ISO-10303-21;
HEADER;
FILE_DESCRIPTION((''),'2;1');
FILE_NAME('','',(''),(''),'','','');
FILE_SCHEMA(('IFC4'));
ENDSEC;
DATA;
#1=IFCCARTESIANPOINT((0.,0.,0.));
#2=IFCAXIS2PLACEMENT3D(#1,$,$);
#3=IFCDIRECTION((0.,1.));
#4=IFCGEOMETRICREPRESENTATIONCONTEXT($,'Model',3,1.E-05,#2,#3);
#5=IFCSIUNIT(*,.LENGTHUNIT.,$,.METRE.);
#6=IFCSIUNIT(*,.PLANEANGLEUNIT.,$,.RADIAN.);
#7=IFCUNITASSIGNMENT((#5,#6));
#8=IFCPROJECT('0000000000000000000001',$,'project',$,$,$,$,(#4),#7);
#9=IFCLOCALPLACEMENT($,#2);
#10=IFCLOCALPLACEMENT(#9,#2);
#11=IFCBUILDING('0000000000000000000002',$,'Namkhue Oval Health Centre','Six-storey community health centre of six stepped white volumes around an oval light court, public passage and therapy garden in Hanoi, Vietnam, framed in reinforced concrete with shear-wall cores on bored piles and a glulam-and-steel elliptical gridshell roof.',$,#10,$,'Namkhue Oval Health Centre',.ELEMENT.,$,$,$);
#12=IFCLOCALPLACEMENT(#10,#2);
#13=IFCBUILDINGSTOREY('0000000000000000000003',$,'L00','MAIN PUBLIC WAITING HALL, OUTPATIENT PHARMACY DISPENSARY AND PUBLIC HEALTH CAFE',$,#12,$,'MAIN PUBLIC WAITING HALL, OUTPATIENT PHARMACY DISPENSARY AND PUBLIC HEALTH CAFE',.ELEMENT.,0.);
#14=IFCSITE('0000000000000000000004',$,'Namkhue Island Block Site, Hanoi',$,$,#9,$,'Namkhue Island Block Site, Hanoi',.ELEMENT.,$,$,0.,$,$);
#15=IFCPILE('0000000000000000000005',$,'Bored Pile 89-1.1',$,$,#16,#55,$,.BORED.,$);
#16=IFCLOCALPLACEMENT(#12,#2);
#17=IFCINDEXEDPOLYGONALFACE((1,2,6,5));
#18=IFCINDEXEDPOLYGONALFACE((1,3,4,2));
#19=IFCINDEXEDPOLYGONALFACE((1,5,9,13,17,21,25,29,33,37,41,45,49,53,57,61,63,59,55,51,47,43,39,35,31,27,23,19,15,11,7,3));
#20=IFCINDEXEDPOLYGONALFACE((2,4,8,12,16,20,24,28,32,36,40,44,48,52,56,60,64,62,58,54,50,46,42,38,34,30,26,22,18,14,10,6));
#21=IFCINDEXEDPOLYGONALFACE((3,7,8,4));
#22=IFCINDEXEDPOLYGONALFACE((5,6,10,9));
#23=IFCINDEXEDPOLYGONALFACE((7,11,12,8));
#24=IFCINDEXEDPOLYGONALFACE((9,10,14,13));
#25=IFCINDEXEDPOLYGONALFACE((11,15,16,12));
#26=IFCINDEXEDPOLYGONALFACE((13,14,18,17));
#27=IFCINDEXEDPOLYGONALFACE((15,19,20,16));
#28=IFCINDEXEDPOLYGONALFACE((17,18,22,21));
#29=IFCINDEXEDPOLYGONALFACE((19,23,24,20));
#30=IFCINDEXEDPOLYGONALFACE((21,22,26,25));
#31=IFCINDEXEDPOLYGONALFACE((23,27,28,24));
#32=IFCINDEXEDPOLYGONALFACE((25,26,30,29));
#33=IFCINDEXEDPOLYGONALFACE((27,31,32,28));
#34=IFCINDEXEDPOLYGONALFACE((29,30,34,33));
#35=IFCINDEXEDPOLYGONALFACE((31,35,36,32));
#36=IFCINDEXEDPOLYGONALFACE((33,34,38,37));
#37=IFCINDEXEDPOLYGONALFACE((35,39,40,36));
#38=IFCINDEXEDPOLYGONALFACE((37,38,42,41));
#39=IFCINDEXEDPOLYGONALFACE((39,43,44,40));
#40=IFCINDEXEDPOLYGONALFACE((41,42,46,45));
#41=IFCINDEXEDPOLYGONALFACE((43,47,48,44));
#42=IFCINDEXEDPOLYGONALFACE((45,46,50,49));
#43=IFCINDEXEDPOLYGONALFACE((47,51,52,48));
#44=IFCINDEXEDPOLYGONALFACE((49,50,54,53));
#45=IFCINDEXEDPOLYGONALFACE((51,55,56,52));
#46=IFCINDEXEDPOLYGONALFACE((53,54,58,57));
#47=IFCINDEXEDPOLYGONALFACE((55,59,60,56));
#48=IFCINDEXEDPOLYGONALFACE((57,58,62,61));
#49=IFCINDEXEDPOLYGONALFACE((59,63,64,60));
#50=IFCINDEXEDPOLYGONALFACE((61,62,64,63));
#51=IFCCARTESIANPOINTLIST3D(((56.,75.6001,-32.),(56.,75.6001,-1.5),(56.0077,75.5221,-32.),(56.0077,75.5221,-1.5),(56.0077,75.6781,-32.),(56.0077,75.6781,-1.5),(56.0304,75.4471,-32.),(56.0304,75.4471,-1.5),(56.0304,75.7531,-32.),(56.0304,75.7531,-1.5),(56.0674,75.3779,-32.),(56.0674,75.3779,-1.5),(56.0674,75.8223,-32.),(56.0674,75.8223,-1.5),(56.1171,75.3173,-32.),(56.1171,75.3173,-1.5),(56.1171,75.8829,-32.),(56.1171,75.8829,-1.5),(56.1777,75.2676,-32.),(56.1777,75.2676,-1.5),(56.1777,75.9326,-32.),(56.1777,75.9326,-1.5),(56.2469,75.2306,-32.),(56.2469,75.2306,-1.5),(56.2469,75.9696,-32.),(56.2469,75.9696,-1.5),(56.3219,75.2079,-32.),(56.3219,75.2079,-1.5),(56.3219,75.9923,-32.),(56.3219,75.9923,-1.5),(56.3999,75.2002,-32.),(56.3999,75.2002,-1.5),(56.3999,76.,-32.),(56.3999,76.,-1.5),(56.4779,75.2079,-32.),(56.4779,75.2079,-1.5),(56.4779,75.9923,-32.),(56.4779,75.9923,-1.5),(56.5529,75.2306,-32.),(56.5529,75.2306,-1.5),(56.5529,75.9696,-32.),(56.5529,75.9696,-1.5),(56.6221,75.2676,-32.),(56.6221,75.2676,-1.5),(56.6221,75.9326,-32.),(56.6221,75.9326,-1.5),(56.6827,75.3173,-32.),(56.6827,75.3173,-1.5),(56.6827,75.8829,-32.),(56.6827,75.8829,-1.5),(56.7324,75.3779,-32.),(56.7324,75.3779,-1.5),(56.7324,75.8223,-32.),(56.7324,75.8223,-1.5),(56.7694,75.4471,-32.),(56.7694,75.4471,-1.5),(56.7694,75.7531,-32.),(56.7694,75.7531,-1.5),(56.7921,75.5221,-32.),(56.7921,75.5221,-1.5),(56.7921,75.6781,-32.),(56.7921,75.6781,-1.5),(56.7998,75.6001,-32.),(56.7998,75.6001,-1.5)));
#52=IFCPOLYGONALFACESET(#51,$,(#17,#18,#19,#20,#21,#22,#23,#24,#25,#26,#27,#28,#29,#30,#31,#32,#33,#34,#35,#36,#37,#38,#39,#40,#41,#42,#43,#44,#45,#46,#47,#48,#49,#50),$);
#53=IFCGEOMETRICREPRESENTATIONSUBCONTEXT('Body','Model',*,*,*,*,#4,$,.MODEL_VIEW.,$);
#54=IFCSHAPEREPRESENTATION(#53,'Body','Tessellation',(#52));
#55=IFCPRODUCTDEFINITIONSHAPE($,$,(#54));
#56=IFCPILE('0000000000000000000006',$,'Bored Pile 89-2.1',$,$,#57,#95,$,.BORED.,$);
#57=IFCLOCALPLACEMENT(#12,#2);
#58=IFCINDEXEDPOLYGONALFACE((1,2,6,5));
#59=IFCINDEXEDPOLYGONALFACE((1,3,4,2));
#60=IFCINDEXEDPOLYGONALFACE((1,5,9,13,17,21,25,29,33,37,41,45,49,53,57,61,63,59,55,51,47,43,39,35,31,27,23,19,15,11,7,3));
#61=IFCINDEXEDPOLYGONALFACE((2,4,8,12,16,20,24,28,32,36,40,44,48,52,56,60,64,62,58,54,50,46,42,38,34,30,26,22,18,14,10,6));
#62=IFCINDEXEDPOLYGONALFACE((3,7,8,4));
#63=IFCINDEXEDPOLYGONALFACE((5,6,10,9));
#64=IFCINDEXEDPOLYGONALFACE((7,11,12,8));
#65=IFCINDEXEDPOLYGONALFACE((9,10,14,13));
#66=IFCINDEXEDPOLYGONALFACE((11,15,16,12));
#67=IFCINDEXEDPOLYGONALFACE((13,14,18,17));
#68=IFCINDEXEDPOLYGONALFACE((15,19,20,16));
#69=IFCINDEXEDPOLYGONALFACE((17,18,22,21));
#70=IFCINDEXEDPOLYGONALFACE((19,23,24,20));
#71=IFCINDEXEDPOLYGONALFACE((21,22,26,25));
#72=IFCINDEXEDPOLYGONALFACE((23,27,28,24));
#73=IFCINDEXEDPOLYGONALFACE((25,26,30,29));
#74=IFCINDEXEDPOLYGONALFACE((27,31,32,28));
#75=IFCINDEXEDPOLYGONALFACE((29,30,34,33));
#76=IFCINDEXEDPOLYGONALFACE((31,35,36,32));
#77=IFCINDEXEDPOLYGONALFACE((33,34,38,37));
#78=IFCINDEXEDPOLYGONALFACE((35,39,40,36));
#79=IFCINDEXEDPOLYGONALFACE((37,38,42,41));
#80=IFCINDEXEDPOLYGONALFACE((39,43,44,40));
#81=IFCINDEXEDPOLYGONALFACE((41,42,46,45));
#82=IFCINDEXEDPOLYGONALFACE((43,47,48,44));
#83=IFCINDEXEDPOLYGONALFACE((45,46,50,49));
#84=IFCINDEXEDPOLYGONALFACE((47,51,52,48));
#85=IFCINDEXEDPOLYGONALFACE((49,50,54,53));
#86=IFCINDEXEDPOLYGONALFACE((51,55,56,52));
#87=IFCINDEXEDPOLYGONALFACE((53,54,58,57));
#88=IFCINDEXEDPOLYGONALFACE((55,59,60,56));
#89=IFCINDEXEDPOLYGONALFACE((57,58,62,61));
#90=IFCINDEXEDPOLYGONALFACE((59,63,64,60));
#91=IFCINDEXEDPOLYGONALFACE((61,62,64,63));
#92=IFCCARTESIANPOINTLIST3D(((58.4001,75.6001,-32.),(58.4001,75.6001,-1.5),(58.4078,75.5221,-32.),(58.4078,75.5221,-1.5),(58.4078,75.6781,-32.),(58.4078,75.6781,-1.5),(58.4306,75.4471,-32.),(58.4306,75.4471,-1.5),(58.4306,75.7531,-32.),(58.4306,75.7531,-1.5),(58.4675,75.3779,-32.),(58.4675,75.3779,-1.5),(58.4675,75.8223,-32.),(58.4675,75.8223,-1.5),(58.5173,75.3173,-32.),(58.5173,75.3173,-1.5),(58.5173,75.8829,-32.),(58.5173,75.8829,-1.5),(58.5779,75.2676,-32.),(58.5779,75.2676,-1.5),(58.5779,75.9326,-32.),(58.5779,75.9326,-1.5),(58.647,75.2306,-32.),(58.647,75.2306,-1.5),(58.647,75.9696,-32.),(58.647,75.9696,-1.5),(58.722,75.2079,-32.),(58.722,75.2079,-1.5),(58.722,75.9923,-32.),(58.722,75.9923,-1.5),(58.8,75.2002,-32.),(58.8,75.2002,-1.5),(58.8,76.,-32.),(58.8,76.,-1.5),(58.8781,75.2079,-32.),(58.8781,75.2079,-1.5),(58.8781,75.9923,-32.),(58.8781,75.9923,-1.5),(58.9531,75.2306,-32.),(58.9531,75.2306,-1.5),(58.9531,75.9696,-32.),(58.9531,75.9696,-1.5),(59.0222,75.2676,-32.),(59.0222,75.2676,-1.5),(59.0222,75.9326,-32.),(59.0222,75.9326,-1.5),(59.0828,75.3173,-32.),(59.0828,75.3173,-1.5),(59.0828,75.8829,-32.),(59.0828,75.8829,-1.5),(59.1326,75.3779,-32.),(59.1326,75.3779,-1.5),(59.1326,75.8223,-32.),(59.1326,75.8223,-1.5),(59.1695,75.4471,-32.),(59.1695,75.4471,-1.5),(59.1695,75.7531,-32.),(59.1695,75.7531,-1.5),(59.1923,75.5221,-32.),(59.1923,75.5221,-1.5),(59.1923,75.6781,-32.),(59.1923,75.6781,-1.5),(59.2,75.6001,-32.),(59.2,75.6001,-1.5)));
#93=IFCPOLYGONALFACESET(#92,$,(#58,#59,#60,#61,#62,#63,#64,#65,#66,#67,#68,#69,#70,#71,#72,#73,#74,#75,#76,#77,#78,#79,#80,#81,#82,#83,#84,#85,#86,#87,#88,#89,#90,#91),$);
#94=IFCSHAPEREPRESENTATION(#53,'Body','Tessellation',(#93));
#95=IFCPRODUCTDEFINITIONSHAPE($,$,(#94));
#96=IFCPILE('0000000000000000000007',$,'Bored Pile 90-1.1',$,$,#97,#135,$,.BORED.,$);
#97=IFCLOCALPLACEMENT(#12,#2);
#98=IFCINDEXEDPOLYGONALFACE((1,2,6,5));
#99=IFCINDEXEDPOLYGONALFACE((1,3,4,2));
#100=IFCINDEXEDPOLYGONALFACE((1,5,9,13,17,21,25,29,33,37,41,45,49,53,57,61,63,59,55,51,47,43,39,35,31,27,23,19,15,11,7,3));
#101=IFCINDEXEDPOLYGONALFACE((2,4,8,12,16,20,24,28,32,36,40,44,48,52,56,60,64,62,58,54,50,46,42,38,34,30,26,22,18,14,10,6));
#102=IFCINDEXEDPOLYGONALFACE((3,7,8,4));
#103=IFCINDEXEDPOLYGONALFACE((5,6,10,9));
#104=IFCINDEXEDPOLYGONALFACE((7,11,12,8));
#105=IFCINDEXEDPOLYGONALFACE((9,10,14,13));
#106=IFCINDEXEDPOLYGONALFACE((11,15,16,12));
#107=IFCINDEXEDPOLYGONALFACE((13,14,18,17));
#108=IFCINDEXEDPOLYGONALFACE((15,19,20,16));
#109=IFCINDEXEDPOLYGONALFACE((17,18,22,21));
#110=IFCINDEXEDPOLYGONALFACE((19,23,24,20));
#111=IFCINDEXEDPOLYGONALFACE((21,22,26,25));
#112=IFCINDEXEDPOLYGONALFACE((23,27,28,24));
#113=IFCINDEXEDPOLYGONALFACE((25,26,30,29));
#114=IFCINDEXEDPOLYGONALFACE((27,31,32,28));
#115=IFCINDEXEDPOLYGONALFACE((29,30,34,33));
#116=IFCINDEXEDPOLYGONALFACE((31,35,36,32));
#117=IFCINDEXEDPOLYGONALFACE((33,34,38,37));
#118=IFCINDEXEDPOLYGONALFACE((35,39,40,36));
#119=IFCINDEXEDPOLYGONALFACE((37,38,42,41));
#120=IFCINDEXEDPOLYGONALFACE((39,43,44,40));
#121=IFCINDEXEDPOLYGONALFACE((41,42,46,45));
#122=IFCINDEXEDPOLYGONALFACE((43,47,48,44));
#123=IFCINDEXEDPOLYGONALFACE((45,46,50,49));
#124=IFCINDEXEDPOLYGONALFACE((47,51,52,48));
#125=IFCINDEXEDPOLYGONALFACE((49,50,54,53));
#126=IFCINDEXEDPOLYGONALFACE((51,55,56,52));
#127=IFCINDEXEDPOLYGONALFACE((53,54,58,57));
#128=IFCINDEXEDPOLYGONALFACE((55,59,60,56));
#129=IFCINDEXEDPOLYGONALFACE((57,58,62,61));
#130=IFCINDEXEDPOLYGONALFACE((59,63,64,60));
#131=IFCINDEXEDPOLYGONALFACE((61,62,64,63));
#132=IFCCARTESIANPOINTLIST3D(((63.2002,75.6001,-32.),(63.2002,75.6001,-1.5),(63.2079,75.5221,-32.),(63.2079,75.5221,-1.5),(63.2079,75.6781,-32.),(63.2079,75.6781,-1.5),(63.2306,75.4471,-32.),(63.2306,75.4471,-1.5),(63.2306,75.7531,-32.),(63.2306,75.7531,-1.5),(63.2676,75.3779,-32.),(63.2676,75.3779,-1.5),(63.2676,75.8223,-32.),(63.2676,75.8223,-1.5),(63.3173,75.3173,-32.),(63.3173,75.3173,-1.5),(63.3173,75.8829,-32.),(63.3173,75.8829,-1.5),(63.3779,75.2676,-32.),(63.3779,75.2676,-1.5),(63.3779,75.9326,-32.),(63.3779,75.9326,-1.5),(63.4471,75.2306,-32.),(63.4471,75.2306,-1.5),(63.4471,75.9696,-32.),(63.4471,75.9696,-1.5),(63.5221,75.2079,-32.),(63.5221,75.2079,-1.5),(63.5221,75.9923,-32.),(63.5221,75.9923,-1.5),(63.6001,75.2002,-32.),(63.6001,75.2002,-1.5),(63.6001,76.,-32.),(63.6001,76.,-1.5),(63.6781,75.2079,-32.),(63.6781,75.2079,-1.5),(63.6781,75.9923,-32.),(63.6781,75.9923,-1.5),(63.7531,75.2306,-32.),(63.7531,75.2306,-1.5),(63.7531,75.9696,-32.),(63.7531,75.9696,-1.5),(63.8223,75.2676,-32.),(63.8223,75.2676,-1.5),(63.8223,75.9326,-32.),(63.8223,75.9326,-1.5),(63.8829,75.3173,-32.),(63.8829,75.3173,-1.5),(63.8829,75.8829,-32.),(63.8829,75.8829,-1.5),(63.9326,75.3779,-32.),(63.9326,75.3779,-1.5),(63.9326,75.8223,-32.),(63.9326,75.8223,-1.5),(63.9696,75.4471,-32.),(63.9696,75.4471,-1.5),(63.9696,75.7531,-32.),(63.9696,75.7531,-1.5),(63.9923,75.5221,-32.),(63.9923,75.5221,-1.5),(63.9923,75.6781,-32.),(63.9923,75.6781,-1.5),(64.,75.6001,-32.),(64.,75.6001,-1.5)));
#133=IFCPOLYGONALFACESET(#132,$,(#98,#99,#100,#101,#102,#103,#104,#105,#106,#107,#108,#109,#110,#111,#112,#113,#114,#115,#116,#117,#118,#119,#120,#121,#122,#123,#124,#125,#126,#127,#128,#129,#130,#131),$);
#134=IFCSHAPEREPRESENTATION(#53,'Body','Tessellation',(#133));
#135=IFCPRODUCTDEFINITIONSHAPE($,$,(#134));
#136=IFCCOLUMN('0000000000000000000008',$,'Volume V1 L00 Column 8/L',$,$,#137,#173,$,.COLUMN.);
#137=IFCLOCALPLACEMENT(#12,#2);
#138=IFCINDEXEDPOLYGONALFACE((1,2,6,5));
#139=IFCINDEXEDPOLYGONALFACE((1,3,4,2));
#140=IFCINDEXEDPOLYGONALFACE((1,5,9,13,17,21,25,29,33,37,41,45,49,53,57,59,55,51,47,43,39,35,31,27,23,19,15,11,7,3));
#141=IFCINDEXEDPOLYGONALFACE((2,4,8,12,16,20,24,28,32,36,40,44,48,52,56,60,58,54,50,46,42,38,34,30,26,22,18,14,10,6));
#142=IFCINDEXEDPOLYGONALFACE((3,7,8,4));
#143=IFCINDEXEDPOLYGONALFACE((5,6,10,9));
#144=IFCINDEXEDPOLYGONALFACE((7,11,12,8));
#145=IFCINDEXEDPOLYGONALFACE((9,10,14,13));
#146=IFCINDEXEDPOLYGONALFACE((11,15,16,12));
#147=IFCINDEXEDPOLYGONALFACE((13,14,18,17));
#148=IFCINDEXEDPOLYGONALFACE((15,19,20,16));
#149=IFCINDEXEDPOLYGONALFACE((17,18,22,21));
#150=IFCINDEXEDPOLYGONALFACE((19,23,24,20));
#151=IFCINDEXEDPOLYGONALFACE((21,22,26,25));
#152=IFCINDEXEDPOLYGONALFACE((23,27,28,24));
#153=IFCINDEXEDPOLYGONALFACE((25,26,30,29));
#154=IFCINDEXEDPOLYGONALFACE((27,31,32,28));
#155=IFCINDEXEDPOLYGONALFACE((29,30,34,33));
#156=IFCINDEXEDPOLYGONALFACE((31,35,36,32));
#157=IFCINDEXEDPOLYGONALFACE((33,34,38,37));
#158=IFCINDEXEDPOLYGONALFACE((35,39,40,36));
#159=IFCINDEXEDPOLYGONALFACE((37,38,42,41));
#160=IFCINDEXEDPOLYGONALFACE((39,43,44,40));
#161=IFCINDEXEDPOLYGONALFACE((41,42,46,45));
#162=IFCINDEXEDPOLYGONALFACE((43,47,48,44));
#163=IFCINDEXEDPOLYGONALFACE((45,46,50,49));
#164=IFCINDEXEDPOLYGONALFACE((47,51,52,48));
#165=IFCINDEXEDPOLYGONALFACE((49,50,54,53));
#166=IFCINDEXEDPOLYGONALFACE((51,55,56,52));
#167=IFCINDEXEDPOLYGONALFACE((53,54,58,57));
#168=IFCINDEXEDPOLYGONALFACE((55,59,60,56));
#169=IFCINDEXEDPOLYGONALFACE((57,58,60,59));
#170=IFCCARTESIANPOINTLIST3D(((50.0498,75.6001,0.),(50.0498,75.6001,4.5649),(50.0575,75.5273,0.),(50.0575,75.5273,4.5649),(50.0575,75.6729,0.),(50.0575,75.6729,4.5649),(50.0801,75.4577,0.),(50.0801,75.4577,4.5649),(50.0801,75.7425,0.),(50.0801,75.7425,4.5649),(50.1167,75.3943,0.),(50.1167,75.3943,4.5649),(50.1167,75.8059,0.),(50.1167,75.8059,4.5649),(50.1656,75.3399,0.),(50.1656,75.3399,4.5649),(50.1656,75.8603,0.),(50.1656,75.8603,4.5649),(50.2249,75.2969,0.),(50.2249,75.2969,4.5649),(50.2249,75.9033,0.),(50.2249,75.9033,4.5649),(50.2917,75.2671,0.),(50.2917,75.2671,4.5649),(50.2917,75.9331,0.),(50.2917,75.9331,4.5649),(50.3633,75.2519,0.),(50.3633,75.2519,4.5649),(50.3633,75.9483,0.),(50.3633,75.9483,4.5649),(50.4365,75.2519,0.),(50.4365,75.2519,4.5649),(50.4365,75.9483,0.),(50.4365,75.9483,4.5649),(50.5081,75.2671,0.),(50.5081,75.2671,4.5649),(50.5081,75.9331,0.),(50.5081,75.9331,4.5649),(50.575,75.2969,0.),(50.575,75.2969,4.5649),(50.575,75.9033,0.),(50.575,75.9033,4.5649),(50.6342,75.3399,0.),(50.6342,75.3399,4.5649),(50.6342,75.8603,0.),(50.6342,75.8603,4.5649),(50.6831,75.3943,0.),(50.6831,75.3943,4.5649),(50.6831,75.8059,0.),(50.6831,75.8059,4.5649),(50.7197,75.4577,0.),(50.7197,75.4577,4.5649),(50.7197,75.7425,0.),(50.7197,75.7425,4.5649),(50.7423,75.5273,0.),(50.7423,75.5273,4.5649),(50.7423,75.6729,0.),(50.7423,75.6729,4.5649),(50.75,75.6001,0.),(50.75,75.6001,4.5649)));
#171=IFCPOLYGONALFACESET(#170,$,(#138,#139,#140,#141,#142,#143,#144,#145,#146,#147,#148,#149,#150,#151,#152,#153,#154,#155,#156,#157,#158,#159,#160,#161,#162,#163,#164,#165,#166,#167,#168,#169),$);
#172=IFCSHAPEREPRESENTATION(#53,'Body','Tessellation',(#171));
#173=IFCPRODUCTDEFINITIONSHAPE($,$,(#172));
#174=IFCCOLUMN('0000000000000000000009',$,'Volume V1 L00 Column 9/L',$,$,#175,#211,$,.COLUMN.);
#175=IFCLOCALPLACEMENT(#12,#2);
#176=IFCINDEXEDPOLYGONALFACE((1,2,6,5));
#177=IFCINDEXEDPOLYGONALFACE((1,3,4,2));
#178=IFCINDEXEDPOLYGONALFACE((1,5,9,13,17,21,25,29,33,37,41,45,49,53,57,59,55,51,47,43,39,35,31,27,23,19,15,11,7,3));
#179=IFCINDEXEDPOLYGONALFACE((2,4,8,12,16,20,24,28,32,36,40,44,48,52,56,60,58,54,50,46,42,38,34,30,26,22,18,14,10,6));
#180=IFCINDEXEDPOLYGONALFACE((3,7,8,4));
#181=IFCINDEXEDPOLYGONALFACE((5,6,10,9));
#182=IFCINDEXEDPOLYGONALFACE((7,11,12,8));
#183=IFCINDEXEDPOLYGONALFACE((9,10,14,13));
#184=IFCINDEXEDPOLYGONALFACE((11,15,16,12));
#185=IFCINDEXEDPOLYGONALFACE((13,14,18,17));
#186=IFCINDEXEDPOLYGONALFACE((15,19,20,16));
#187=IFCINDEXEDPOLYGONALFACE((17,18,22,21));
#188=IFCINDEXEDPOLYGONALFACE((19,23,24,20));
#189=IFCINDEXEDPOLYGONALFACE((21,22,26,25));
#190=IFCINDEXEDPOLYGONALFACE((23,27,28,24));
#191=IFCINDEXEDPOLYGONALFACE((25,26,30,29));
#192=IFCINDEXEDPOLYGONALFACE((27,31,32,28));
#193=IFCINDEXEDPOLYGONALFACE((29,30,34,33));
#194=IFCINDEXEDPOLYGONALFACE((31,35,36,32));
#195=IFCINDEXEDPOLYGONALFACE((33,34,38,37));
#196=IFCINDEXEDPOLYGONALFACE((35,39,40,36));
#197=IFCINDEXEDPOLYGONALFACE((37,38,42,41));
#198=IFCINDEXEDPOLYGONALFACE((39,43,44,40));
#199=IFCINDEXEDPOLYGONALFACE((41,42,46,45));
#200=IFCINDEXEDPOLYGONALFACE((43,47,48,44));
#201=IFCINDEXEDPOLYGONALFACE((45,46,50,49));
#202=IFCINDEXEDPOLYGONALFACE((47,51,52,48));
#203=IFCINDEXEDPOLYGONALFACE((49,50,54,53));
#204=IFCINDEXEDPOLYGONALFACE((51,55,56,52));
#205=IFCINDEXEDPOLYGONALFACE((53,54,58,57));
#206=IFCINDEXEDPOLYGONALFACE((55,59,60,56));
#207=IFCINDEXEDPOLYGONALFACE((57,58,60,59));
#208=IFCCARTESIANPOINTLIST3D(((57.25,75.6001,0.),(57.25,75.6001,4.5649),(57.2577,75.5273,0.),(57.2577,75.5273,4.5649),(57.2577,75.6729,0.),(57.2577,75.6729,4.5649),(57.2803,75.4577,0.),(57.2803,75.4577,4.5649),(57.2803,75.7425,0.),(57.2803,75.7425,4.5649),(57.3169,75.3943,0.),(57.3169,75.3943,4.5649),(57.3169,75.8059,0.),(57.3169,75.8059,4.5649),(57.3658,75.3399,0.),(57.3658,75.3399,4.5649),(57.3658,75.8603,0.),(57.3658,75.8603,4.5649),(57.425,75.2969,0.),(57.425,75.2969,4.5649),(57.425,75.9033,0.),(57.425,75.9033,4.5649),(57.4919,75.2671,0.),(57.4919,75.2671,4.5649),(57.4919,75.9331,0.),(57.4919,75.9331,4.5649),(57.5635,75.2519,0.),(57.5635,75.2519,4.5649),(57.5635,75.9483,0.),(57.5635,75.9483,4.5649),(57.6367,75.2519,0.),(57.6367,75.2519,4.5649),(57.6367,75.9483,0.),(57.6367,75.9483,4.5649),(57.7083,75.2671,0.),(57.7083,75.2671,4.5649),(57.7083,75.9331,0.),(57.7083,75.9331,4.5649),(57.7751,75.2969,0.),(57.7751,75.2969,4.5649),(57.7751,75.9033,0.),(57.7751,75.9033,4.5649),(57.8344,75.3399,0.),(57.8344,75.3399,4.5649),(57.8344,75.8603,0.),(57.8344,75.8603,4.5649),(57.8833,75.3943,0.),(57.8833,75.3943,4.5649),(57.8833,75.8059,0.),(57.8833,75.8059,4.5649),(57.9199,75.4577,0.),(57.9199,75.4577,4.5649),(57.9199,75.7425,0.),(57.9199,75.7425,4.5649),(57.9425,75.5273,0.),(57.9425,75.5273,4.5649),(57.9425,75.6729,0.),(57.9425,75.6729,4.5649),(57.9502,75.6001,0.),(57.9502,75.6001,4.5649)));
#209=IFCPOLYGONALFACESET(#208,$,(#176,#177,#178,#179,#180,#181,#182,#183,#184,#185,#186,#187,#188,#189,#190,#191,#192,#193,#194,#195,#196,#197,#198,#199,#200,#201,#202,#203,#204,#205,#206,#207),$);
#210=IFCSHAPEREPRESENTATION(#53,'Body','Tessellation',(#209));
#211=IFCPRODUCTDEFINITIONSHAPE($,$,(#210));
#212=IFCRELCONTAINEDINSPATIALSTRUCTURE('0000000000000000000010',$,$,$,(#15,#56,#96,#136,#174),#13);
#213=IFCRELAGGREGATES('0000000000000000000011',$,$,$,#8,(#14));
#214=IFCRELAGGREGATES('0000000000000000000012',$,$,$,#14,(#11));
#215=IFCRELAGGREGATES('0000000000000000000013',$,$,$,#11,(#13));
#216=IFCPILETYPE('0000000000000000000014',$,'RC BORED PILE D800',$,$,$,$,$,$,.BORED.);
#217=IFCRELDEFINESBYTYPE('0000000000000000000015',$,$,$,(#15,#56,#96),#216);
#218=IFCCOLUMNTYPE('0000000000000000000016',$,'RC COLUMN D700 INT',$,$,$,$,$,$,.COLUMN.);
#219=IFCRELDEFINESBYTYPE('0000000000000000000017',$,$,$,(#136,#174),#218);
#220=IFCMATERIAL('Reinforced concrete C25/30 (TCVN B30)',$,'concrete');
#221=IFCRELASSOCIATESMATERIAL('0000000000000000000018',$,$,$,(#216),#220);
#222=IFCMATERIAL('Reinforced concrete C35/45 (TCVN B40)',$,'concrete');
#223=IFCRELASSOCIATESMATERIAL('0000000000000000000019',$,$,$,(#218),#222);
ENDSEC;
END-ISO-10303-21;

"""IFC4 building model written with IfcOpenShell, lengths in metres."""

from ifc_helpers import new_model, si_unit, direction, frame, origin, origin_2d, place, context, subcontext, project, spatial, circle, extrude, material, material_profile, profile_set, type_object, element, save


model = new_model("IFC4")

# Units and contexts
model_context = context("Model", 3, precision=1e-05, world=origin(), true_north=direction((0.0, 1.0)))
body_context = subcontext(model_context, "Body", "Model", "MODEL_VIEW")
ifc_project = project(units=[si_unit("LENGTHUNIT", "METRE"), si_unit("PLANEANGLEUNIT", "RADIAN")], contexts=[model_context])

# Site, building, storey
site_placement = place(None, origin())
site = spatial("IfcSite", under=ifc_project, at=site_placement, Name="Namkhue Island Block Site, Hanoi", LongName="Namkhue Island Block Site, Hanoi", CompositionType="ELEMENT", RefElevation=0.0)
building_placement = place(site_placement, origin())
building = spatial("IfcBuilding", under=site, at=building_placement, Name="Namkhue Oval Health Centre", Description="Six-storey community health centre of six stepped white volumes around an oval light court, public passage and therapy garden in Hanoi, Vietnam, framed in reinforced concrete with shear-wall cores on bored piles and a glulam-and-steel elliptical gridshell roof.", LongName="Namkhue Oval Health Centre", CompositionType="ELEMENT")
storey_placement = place(building_placement, origin())
storey = spatial("IfcBuildingStorey", under=building, at=storey_placement, Name="L00", Description="MAIN PUBLIC WAITING HALL, OUTPATIENT PHARMACY DISPENSARY AND PUBLIC HEALTH CAFE", LongName="MAIN PUBLIC WAITING HALL, OUTPATIENT PHARMACY DISPENSARY AND PUBLIC HEALTH CAFE", CompositionType="ELEMENT", Elevation=0.0)

# Piles
ifc_material_1 = material(Name="Reinforced concrete C25/30 (TCVN B30)", Category="concrete")
ifc_material_profile_1 = material_profile(ifc_material_1, circle(Radius=0.3999, at=origin_2d()), Name="BORED PILE D800")
ifc_profile_set_1 = profile_set([ifc_material_profile_1], Name="Reinforced concrete C25/30 (TCVN B30)")
pile_type = type_object("IfcPileType", Name="RC BORED PILE D800", PredefinedType="BORED", material=ifc_profile_set_1)
for number, where, z_axis, x_axis, name in (
    (1, (56.3999, 75.6001, -1.5), (0.0, 0.0, -1.0), (1.0, 0.0, 0.0), "Bored Pile 89-1.1"),
    (2, (58.8, 75.6001, -1.5), (0.0, 0.0, -1.0), (1.0, 0.0, 0.0), "Bored Pile 89-2.1"),
    (3, (63.6001, 75.6001, -1.5), (0.0, 0.0, -1.0), (1.0, 0.0, 0.0), "Bored Pile 90-1.1"),
):
    element("IfcPile", number, at=place(storey_placement, frame(where, z_axis=z_axis, x_axis=x_axis)), inside=storey, type_object=pile_type, Name=name, PredefinedType="BORED", context=body_context, shape_type="SweptSolid", body=[
        extrude(circle(Radius=0.3999, at=origin_2d()), origin(), (0.0, 0.0, 1.0), 30.5),
    ])

# Columns
ifc_material_2 = material(Name="Reinforced concrete C35/45 (TCVN B40)", Category="concrete")
ifc_material_profile_2 = material_profile(ifc_material_2, circle(Radius=0.3501, at=origin_2d()), Name="RC D700")
ifc_profile_set_2 = profile_set([ifc_material_profile_2], Name="Reinforced concrete C35/45 (TCVN B40)")
column_type = type_object("IfcColumnType", Name="RC COLUMN D700 INT", PredefinedType="COLUMN", material=ifc_profile_set_2)
for number, where, z_axis, x_axis, name in (
    (4, (50.3999, 75.6001, 0.0), (0.0, 0.0, 1.0), (1.0, 0.0, 0.0), "Volume V1 L00 Column 8/L"),
    (5, (57.6001, 75.6001, 0.0), (0.0, 0.0, 1.0), (1.0, 0.0, 0.0), "Volume V1 L00 Column 9/L"),
):
    element("IfcColumn", number, at=place(storey_placement, frame(where, z_axis=z_axis, x_axis=x_axis)), inside=storey, type_object=column_type, Name=name, PredefinedType="COLUMN", context=body_context, shape_type="SweptSolid", body=[
        extrude(circle(Radius=0.3501, at=origin_2d()), origin(), (0.0, 0.0, 1.0), 4.5649),
    ])

save(model, "model.ifc")
